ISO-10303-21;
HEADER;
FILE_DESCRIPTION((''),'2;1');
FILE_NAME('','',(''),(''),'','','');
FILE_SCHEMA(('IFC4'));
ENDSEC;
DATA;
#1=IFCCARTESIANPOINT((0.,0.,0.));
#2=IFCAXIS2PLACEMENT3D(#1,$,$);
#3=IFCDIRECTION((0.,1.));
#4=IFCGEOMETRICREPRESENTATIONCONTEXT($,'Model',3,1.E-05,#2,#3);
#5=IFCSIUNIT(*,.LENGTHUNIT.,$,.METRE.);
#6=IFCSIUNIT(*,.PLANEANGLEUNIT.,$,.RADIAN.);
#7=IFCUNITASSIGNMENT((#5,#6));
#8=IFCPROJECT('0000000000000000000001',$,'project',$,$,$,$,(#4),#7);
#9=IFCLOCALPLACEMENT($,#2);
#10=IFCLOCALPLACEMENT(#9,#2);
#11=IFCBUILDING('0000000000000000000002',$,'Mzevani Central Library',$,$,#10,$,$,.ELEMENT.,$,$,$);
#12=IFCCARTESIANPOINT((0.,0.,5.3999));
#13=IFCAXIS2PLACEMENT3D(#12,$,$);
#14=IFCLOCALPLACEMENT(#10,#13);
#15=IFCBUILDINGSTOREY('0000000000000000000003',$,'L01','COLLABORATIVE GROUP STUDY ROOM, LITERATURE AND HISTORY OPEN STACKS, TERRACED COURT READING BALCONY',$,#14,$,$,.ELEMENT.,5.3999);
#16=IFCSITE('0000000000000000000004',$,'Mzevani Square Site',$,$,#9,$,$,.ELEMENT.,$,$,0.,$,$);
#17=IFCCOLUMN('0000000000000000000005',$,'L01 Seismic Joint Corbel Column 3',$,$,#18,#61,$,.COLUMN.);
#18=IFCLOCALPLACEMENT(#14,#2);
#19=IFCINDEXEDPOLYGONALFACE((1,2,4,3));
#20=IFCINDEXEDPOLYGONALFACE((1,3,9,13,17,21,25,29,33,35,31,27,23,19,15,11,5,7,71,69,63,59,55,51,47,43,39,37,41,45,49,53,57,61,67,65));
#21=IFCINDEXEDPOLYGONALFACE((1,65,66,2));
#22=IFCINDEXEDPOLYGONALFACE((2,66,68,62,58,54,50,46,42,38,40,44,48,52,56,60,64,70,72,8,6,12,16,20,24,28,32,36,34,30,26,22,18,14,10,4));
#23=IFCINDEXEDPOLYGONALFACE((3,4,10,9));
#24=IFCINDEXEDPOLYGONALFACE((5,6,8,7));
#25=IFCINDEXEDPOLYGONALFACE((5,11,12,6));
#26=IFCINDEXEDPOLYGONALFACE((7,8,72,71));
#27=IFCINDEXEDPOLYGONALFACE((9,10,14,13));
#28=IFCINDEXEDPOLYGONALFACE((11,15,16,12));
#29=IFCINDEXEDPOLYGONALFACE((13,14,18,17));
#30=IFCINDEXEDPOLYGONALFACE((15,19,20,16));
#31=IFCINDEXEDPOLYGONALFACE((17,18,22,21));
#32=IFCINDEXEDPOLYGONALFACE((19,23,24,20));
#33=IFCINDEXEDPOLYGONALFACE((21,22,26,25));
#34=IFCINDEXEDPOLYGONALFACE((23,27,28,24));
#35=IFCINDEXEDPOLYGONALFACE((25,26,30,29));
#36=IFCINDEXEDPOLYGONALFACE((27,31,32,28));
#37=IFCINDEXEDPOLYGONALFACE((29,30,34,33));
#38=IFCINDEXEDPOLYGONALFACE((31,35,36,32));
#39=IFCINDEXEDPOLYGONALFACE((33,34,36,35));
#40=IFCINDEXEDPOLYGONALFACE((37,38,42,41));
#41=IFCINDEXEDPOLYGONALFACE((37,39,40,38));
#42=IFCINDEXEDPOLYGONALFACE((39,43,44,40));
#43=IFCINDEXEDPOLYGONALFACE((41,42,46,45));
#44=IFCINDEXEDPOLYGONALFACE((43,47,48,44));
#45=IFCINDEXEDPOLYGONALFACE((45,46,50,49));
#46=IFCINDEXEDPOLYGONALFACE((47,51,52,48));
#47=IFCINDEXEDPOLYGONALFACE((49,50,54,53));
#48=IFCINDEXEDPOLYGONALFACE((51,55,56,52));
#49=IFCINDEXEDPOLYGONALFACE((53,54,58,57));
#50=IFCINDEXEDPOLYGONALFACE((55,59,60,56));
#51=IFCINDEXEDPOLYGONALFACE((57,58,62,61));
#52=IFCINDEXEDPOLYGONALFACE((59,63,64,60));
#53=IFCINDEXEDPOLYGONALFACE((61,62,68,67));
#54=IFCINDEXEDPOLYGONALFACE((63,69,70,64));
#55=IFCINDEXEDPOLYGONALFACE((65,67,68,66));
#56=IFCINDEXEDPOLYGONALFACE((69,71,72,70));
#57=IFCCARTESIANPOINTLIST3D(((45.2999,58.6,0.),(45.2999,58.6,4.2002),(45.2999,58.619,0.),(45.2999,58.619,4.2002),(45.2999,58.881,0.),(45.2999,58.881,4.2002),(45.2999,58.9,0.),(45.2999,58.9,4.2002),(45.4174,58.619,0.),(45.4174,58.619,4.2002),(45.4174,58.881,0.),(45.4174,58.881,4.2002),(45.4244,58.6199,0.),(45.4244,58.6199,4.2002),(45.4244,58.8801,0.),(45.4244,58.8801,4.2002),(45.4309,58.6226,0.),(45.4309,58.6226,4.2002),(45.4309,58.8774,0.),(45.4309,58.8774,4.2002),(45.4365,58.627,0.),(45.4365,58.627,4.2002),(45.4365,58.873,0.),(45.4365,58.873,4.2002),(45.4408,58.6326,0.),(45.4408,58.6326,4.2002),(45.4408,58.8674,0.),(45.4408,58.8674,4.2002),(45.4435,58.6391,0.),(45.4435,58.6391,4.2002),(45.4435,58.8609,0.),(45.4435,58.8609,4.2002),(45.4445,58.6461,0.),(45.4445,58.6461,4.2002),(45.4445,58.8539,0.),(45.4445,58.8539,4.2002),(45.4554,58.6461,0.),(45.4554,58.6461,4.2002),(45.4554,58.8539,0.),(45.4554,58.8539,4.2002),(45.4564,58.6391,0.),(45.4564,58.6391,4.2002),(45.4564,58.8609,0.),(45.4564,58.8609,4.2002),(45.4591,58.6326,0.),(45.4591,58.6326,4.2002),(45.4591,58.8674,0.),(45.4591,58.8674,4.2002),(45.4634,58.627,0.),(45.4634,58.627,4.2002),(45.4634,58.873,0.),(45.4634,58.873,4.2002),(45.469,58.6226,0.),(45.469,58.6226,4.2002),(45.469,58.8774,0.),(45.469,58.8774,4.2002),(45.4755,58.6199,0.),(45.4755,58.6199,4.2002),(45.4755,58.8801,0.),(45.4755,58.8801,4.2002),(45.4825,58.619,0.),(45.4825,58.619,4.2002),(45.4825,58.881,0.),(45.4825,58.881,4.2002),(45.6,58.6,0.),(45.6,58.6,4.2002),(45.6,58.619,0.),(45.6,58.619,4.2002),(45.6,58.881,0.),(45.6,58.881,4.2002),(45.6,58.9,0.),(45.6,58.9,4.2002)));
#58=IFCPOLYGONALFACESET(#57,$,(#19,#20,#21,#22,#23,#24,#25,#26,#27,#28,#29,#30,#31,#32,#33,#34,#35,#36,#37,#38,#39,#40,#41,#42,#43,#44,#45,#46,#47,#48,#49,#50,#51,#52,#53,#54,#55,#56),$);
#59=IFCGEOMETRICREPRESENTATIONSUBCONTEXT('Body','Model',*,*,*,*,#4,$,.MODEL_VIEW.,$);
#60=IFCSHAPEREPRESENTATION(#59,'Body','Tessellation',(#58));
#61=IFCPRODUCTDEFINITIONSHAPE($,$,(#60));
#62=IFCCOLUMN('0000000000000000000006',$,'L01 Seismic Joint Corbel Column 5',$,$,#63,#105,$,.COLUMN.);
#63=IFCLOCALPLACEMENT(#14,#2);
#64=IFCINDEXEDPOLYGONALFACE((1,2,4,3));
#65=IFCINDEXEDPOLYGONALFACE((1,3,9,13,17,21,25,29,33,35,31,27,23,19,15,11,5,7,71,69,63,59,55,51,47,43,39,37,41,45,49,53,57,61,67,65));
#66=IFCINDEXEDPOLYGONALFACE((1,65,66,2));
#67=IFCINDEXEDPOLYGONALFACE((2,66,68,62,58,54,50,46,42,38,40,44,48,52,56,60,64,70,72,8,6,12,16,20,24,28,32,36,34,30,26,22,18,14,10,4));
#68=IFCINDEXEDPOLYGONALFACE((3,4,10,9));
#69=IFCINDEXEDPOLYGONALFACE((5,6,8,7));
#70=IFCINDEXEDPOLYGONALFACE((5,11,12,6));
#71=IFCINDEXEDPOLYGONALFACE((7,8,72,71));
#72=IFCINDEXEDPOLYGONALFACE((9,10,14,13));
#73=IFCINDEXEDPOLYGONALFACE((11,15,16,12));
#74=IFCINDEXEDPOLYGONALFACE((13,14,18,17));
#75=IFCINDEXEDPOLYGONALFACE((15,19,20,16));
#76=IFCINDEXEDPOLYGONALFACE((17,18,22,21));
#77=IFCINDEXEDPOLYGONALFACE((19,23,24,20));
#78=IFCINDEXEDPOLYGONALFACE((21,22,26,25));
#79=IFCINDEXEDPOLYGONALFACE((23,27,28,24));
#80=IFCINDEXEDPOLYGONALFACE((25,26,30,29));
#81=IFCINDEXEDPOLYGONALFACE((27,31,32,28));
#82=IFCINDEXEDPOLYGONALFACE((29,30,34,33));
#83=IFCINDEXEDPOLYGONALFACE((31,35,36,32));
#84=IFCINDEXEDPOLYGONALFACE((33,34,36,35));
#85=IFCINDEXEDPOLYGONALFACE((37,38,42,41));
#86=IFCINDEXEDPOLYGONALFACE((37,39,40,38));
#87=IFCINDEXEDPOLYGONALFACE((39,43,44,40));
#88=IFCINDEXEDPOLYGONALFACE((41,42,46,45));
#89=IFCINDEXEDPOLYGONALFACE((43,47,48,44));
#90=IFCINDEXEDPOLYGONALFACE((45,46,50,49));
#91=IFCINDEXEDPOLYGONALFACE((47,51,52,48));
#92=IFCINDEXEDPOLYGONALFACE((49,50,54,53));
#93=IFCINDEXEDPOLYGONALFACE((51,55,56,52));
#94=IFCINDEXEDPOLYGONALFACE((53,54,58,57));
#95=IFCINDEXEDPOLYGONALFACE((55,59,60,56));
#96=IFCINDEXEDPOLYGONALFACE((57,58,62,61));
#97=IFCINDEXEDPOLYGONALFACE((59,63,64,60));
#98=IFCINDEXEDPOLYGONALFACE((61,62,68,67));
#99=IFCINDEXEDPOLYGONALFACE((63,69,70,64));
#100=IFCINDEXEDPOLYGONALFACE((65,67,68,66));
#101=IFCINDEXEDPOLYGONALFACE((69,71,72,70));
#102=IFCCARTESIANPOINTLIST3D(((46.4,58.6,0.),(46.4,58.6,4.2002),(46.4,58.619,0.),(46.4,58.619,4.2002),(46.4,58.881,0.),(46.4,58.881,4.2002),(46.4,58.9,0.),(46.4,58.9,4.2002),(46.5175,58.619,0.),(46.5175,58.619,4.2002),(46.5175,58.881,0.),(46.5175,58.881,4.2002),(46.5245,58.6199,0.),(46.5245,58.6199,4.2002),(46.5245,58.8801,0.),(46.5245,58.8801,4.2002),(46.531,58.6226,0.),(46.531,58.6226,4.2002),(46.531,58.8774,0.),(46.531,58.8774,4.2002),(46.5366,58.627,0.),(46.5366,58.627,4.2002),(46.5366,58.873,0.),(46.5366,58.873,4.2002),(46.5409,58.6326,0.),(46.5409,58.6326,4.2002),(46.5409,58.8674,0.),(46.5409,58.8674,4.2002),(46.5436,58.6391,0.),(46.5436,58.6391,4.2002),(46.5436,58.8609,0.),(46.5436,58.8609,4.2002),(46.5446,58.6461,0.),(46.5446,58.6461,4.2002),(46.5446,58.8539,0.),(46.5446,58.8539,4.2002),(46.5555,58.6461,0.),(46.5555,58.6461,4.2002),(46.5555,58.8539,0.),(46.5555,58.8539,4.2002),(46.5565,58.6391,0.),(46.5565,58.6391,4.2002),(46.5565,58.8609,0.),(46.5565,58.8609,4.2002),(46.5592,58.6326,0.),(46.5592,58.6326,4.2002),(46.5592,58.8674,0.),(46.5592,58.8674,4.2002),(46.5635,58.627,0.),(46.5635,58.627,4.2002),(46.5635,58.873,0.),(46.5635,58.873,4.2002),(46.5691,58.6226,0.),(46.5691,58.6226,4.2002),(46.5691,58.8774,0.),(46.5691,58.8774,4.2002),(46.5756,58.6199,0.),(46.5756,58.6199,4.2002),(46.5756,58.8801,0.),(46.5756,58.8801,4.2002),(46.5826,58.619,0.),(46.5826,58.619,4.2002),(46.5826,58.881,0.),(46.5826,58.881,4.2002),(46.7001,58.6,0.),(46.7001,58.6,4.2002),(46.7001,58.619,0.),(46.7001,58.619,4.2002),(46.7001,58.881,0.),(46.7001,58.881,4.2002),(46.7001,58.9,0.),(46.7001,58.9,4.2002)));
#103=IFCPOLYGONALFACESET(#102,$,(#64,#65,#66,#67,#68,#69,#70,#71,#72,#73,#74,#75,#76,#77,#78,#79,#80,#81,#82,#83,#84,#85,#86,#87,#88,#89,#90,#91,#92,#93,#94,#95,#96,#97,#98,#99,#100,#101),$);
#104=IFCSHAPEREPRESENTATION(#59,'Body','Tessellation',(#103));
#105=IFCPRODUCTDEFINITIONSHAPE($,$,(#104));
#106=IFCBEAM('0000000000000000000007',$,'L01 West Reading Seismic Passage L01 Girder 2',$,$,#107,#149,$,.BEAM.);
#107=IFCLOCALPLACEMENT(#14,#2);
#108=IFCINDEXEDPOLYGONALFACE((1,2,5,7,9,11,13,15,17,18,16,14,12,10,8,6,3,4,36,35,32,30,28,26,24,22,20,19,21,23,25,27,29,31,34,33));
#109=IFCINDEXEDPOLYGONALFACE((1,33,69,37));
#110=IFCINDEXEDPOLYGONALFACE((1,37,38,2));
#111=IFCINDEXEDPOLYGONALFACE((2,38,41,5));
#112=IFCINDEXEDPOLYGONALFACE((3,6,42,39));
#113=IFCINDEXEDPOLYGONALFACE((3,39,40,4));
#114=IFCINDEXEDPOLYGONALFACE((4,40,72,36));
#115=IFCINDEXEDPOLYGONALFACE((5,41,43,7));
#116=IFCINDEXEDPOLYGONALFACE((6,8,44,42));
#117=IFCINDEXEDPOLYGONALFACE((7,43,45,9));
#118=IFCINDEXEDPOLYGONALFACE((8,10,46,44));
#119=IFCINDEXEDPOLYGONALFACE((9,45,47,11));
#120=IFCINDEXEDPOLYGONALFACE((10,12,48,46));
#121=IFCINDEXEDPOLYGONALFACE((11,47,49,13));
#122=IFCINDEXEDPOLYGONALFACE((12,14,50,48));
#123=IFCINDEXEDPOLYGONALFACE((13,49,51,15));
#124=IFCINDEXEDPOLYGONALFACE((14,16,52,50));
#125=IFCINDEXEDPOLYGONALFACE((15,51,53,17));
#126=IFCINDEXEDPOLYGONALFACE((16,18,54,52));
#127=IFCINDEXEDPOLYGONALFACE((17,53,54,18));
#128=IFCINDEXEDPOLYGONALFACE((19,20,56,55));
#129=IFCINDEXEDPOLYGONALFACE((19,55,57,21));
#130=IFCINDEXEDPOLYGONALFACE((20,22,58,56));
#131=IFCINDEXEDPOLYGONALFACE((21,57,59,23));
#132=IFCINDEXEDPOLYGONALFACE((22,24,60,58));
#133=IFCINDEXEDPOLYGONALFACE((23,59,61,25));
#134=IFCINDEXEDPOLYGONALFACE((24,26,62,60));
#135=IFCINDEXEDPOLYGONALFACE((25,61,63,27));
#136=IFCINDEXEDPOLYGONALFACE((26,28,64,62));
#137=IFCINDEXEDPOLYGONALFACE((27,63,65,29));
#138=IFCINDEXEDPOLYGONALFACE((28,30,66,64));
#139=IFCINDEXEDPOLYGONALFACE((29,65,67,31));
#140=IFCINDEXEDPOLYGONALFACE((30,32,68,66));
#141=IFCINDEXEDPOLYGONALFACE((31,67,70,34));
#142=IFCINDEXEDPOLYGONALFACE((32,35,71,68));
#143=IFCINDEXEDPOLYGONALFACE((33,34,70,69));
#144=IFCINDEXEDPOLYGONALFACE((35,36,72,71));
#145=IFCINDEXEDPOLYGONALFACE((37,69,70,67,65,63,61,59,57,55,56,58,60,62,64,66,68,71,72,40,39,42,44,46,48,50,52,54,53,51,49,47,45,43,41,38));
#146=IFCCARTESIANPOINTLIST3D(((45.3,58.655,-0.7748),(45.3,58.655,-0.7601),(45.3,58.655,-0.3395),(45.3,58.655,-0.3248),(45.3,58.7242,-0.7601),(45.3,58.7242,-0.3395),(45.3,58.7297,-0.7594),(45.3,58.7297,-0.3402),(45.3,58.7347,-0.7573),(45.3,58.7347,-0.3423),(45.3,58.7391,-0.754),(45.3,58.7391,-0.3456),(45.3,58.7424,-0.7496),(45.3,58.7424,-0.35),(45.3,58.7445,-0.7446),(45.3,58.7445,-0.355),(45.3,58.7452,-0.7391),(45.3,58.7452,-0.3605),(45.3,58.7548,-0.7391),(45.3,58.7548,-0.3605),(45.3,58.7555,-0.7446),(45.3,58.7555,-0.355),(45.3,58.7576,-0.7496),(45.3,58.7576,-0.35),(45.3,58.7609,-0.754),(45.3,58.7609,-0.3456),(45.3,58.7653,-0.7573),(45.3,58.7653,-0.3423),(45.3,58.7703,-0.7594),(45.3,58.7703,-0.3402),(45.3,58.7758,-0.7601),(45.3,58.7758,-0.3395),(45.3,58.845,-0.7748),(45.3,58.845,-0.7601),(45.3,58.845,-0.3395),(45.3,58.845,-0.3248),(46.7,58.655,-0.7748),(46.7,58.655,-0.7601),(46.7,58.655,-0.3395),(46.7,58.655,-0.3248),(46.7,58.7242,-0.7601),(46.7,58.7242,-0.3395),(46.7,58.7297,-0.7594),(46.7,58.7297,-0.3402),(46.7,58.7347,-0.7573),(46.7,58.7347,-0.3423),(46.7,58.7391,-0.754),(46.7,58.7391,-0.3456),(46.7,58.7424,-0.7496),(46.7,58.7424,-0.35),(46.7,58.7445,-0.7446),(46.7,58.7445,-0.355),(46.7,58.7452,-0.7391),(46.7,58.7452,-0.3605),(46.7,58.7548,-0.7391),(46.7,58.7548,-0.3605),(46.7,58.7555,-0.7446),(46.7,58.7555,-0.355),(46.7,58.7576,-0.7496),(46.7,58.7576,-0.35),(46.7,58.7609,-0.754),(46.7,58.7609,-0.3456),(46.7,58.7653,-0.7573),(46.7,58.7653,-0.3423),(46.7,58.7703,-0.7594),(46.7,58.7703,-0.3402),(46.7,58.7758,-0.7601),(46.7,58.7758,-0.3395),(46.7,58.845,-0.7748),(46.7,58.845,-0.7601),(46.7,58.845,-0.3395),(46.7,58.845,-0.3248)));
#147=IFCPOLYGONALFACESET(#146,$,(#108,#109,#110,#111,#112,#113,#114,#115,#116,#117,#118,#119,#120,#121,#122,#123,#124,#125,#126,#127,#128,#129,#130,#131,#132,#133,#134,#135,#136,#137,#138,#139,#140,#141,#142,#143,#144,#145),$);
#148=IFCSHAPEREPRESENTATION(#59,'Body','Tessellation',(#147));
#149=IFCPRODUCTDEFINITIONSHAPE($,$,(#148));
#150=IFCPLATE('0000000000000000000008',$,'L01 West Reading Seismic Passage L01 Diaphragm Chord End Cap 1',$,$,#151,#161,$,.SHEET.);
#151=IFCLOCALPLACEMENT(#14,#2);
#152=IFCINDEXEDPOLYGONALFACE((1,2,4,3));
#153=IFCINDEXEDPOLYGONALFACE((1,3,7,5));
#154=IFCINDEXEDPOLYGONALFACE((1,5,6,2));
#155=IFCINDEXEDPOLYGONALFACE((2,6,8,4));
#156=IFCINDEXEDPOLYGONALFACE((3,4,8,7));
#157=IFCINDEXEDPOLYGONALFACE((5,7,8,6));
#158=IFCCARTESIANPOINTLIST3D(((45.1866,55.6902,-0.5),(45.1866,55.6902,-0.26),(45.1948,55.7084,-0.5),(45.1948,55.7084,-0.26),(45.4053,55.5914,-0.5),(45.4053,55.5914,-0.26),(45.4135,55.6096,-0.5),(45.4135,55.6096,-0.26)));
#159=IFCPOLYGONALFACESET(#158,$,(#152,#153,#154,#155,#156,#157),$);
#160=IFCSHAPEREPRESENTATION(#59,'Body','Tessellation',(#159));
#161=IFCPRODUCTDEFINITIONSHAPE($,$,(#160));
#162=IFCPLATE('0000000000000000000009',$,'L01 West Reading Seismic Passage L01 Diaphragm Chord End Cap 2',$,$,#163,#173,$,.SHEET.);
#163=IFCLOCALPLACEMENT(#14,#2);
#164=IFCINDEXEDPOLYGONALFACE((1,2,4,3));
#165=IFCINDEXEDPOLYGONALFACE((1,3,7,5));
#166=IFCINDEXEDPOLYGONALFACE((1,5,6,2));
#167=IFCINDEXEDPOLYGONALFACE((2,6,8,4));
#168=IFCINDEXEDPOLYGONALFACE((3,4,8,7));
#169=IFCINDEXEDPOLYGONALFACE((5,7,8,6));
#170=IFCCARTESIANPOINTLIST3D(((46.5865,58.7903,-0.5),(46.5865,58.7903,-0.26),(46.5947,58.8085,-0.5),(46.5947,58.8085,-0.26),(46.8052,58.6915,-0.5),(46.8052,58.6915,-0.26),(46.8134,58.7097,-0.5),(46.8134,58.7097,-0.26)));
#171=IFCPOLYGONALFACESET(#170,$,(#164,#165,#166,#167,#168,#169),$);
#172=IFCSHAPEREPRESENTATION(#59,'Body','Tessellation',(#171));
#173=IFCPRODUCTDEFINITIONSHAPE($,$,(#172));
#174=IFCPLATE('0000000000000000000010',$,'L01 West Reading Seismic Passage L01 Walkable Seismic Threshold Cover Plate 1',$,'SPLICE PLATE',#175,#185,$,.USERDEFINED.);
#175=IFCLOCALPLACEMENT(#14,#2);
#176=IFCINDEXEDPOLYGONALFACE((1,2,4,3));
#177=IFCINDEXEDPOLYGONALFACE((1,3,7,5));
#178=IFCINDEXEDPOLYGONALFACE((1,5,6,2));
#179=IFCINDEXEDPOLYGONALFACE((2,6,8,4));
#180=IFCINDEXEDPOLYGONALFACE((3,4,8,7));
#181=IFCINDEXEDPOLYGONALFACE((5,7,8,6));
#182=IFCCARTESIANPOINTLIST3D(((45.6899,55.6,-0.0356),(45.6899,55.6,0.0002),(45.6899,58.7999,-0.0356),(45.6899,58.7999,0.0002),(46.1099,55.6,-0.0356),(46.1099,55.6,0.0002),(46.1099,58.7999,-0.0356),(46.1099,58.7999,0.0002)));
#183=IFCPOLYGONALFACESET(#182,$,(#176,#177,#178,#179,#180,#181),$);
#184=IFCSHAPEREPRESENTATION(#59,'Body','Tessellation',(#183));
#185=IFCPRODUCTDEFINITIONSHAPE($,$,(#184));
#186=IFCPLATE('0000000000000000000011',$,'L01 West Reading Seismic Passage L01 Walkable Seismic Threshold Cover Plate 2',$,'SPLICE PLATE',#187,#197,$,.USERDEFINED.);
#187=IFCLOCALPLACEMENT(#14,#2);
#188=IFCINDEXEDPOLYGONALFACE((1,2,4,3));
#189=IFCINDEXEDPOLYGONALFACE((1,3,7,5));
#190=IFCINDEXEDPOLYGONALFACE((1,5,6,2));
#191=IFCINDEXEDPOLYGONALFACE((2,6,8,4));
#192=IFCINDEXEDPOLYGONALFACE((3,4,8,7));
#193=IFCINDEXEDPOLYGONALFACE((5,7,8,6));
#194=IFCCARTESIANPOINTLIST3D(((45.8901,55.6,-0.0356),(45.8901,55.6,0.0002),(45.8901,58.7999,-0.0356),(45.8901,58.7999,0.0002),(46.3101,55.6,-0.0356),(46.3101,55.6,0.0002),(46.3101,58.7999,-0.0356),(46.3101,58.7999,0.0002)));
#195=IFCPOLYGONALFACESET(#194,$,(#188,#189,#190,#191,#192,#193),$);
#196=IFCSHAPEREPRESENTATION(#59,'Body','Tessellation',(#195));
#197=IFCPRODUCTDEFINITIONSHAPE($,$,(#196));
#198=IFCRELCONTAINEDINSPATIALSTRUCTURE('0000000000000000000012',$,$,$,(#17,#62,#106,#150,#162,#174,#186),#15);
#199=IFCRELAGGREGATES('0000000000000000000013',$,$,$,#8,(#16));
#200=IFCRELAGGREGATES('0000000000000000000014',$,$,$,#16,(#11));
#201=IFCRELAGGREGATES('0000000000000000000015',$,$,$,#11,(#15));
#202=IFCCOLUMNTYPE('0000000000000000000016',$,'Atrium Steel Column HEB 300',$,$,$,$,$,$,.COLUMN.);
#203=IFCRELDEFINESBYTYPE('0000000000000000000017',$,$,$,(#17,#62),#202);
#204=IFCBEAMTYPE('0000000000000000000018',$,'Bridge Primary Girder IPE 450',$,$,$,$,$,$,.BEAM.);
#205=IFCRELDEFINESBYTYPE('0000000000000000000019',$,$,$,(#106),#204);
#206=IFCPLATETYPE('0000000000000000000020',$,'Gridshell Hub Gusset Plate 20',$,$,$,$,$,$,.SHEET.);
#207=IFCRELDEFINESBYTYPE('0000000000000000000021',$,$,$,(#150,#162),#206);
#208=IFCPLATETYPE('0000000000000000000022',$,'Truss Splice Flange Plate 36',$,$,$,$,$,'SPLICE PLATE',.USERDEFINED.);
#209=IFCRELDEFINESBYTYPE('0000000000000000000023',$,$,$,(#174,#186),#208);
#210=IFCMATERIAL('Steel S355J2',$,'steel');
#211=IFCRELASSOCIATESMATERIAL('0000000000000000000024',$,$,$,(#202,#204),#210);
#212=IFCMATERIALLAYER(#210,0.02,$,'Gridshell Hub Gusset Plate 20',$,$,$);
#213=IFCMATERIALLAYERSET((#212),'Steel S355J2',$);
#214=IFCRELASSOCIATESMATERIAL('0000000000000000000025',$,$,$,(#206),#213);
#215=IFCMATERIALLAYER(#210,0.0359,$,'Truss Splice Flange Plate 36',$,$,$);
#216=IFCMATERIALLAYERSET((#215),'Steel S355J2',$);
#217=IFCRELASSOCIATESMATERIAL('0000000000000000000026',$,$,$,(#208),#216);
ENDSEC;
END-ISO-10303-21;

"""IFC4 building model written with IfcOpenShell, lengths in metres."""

from ifc_helpers import new_model, si_unit, direction, frame, origin, origin_2d, place, context, subcontext, project, spatial, rectangle, i_section, extrude, material, layer, layer_set, material_profile, profile_set, type_object, element, save


model = new_model("IFC4")

# Units and contexts
model_context = context("Model", 3, precision=1e-05, world=origin(), true_north=direction((0.0, 1.0)))
body_context = subcontext(model_context, "Body", "Model", "MODEL_VIEW")
ifc_project = project(units=[si_unit("LENGTHUNIT", "METRE"), si_unit("PLANEANGLEUNIT", "RADIAN")], contexts=[model_context])

# Site, building, storey
site_placement = place(None, origin())
site = spatial("IfcSite", under=ifc_project, at=site_placement, Name="Mzevani Square Site", CompositionType="ELEMENT", RefElevation=0.0)
building_placement = place(site_placement, origin())
building = spatial("IfcBuilding", under=site, at=building_placement, Name="Mzevani Central Library", CompositionType="ELEMENT")
storey_placement = place(building_placement, frame((0.0, 0.0, 5.3999)))
storey = spatial("IfcBuildingStorey", under=building, at=storey_placement, Name="L01", Description="COLLABORATIVE GROUP STUDY ROOM, LITERATURE AND HISTORY OPEN STACKS, TERRACED COURT READING BALCONY", CompositionType="ELEMENT", Elevation=5.3999)

# Columns
ifc_material_1 = material(Name="Steel S355J2", Category="steel")
ifc_material_profile_1 = material_profile(ifc_material_1, i_section(OverallWidth=0.3, OverallDepth=0.3, WebThickness=0.011, FlangeThickness=0.019, FilletRadius=0.0271, at=origin_2d()), Name="HEB 300")
ifc_profile_set_1 = profile_set([ifc_material_profile_1], Name="Steel S355J2")
column_type = type_object("IfcColumnType", Name="Atrium Steel Column HEB 300", PredefinedType="COLUMN", material=ifc_profile_set_1)
for number, where, z_axis, x_axis, name in (
    (1, (45.45, 58.75, 0.0), (0.0, 0.0, 1.0), (1.0, 0.0, 0.0), "L01 Seismic Joint Corbel Column 3"),
    (2, (46.55, 58.75, 0.0), (0.0, 0.0, 1.0), (1.0, 0.0, 0.0), "L01 Seismic Joint Corbel Column 5"),
):
    element("IfcColumn", number, at=place(storey_placement, frame(where, z_axis=z_axis, x_axis=x_axis)), inside=storey, type_object=column_type, Name=name, PredefinedType="COLUMN", context=body_context, shape_type="SweptSolid", body=[
        extrude(i_section(OverallWidth=0.3, OverallDepth=0.3, WebThickness=0.011, FlangeThickness=0.019, FilletRadius=0.0271, at=origin_2d()), origin(), (0.0, 0.0, 1.0), 4.2002),
    ])

# Beam
ifc_material_profile_2 = material_profile(ifc_material_1, i_section(OverallWidth=0.1899, OverallDepth=0.45, WebThickness=0.0095, FlangeThickness=0.0146, FilletRadius=0.021, at=origin_2d()), Name="IPE 450")
ifc_profile_set_2 = profile_set([ifc_material_profile_2], Name="Steel S355J2")
beam_type = type_object("IfcBeamType", Name="Bridge Primary Girder IPE 450", PredefinedType="BEAM", material=ifc_profile_set_2)
beam_placement = place(storey_placement, frame((45.3, 58.75, -0.5498), z_axis=(1.0, 0.0, 0.0), x_axis=(0.0, 1.0, 0.0)))
element("IfcBeam", 3, at=beam_placement, inside=storey, type_object=beam_type, Name="L01 West Reading Seismic Passage L01 Girder 2", PredefinedType="BEAM", context=body_context, shape_type="SweptSolid", body=[
    extrude(i_section(OverallWidth=0.1899, OverallDepth=0.45, WebThickness=0.0095, FlangeThickness=0.0146, FilletRadius=0.021, at=origin_2d()), origin(), (0.0, 0.0, 1.0), 1.3999),
])

# Plates
ifc_layer_1 = layer(ifc_material_1, 0.02, Name="Gridshell Hub Gusset Plate 20")
ifc_layer_set_1 = layer_set([ifc_layer_1], Name="Steel S355J2")
plate_type_1 = type_object("IfcPlateType", Name="Gridshell Hub Gusset Plate 20", PredefinedType="SHEET", material=ifc_layer_set_1)
for number, where, z_axis, x_axis, name in (
    (4, (45.3, 55.6499, -0.5), (0.0, 0.0, 1.0), (0.411586, 0.911371, 0.0), "L01 West Reading Seismic Passage L01 Diaphragm Chord End Cap 1"),
    (5, (46.7, 58.75, -0.5), (0.0, 0.0, 1.0), (0.411586, 0.911371, 0.0), "L01 West Reading Seismic Passage L01 Diaphragm Chord End Cap 2"),
):
    element("IfcPlate", number, at=place(storey_placement, frame(where, z_axis=z_axis, x_axis=x_axis)), inside=storey, type_object=plate_type_1, Name=name, PredefinedType="SHEET", context=body_context, shape_type="SweptSolid", body=[
        extrude(rectangle(XDim=0.02, YDim=0.24, at=origin_2d()), origin(), (0.0, 0.0, 1.0), 0.24),
    ])
ifc_layer_2 = layer(ifc_material_1, 0.0359, Name="Truss Splice Flange Plate 36")
ifc_layer_set_2 = layer_set([ifc_layer_2], Name="Steel S355J2")
plate_type_2 = type_object("IfcPlateType", Name="Truss Splice Flange Plate 36", ElementType="SPLICE PLATE", PredefinedType="USERDEFINED", material=ifc_layer_set_2)
for number, where, z_axis, x_axis, name in (
    (6, (45.8999, 57.2, -0.0356), (0.0, 0.0, 1.0), (1.0, 0.0, 0.0), "L01 West Reading Seismic Passage L01 Walkable Seismic Threshold Cover Plate 1"),
    (7, (46.1001, 57.2, -0.0356), (0.0, 0.0, 1.0), (1.0, 0.0, 0.0), "L01 West Reading Seismic Passage L01 Walkable Seismic Threshold Cover Plate 2"),
):
    element("IfcPlate", number, at=place(storey_placement, frame(where, z_axis=z_axis, x_axis=x_axis)), inside=storey, type_object=plate_type_2, Name=name, ObjectType="SPLICE PLATE", PredefinedType="USERDEFINED", context=body_context, shape_type="SweptSolid", body=[
        extrude(rectangle(XDim=0.4199, YDim=3.2, at=origin_2d()), origin(), (0.0, 0.0, 1.0), 0.0359),
    ])

save(model, "model.ifc")
